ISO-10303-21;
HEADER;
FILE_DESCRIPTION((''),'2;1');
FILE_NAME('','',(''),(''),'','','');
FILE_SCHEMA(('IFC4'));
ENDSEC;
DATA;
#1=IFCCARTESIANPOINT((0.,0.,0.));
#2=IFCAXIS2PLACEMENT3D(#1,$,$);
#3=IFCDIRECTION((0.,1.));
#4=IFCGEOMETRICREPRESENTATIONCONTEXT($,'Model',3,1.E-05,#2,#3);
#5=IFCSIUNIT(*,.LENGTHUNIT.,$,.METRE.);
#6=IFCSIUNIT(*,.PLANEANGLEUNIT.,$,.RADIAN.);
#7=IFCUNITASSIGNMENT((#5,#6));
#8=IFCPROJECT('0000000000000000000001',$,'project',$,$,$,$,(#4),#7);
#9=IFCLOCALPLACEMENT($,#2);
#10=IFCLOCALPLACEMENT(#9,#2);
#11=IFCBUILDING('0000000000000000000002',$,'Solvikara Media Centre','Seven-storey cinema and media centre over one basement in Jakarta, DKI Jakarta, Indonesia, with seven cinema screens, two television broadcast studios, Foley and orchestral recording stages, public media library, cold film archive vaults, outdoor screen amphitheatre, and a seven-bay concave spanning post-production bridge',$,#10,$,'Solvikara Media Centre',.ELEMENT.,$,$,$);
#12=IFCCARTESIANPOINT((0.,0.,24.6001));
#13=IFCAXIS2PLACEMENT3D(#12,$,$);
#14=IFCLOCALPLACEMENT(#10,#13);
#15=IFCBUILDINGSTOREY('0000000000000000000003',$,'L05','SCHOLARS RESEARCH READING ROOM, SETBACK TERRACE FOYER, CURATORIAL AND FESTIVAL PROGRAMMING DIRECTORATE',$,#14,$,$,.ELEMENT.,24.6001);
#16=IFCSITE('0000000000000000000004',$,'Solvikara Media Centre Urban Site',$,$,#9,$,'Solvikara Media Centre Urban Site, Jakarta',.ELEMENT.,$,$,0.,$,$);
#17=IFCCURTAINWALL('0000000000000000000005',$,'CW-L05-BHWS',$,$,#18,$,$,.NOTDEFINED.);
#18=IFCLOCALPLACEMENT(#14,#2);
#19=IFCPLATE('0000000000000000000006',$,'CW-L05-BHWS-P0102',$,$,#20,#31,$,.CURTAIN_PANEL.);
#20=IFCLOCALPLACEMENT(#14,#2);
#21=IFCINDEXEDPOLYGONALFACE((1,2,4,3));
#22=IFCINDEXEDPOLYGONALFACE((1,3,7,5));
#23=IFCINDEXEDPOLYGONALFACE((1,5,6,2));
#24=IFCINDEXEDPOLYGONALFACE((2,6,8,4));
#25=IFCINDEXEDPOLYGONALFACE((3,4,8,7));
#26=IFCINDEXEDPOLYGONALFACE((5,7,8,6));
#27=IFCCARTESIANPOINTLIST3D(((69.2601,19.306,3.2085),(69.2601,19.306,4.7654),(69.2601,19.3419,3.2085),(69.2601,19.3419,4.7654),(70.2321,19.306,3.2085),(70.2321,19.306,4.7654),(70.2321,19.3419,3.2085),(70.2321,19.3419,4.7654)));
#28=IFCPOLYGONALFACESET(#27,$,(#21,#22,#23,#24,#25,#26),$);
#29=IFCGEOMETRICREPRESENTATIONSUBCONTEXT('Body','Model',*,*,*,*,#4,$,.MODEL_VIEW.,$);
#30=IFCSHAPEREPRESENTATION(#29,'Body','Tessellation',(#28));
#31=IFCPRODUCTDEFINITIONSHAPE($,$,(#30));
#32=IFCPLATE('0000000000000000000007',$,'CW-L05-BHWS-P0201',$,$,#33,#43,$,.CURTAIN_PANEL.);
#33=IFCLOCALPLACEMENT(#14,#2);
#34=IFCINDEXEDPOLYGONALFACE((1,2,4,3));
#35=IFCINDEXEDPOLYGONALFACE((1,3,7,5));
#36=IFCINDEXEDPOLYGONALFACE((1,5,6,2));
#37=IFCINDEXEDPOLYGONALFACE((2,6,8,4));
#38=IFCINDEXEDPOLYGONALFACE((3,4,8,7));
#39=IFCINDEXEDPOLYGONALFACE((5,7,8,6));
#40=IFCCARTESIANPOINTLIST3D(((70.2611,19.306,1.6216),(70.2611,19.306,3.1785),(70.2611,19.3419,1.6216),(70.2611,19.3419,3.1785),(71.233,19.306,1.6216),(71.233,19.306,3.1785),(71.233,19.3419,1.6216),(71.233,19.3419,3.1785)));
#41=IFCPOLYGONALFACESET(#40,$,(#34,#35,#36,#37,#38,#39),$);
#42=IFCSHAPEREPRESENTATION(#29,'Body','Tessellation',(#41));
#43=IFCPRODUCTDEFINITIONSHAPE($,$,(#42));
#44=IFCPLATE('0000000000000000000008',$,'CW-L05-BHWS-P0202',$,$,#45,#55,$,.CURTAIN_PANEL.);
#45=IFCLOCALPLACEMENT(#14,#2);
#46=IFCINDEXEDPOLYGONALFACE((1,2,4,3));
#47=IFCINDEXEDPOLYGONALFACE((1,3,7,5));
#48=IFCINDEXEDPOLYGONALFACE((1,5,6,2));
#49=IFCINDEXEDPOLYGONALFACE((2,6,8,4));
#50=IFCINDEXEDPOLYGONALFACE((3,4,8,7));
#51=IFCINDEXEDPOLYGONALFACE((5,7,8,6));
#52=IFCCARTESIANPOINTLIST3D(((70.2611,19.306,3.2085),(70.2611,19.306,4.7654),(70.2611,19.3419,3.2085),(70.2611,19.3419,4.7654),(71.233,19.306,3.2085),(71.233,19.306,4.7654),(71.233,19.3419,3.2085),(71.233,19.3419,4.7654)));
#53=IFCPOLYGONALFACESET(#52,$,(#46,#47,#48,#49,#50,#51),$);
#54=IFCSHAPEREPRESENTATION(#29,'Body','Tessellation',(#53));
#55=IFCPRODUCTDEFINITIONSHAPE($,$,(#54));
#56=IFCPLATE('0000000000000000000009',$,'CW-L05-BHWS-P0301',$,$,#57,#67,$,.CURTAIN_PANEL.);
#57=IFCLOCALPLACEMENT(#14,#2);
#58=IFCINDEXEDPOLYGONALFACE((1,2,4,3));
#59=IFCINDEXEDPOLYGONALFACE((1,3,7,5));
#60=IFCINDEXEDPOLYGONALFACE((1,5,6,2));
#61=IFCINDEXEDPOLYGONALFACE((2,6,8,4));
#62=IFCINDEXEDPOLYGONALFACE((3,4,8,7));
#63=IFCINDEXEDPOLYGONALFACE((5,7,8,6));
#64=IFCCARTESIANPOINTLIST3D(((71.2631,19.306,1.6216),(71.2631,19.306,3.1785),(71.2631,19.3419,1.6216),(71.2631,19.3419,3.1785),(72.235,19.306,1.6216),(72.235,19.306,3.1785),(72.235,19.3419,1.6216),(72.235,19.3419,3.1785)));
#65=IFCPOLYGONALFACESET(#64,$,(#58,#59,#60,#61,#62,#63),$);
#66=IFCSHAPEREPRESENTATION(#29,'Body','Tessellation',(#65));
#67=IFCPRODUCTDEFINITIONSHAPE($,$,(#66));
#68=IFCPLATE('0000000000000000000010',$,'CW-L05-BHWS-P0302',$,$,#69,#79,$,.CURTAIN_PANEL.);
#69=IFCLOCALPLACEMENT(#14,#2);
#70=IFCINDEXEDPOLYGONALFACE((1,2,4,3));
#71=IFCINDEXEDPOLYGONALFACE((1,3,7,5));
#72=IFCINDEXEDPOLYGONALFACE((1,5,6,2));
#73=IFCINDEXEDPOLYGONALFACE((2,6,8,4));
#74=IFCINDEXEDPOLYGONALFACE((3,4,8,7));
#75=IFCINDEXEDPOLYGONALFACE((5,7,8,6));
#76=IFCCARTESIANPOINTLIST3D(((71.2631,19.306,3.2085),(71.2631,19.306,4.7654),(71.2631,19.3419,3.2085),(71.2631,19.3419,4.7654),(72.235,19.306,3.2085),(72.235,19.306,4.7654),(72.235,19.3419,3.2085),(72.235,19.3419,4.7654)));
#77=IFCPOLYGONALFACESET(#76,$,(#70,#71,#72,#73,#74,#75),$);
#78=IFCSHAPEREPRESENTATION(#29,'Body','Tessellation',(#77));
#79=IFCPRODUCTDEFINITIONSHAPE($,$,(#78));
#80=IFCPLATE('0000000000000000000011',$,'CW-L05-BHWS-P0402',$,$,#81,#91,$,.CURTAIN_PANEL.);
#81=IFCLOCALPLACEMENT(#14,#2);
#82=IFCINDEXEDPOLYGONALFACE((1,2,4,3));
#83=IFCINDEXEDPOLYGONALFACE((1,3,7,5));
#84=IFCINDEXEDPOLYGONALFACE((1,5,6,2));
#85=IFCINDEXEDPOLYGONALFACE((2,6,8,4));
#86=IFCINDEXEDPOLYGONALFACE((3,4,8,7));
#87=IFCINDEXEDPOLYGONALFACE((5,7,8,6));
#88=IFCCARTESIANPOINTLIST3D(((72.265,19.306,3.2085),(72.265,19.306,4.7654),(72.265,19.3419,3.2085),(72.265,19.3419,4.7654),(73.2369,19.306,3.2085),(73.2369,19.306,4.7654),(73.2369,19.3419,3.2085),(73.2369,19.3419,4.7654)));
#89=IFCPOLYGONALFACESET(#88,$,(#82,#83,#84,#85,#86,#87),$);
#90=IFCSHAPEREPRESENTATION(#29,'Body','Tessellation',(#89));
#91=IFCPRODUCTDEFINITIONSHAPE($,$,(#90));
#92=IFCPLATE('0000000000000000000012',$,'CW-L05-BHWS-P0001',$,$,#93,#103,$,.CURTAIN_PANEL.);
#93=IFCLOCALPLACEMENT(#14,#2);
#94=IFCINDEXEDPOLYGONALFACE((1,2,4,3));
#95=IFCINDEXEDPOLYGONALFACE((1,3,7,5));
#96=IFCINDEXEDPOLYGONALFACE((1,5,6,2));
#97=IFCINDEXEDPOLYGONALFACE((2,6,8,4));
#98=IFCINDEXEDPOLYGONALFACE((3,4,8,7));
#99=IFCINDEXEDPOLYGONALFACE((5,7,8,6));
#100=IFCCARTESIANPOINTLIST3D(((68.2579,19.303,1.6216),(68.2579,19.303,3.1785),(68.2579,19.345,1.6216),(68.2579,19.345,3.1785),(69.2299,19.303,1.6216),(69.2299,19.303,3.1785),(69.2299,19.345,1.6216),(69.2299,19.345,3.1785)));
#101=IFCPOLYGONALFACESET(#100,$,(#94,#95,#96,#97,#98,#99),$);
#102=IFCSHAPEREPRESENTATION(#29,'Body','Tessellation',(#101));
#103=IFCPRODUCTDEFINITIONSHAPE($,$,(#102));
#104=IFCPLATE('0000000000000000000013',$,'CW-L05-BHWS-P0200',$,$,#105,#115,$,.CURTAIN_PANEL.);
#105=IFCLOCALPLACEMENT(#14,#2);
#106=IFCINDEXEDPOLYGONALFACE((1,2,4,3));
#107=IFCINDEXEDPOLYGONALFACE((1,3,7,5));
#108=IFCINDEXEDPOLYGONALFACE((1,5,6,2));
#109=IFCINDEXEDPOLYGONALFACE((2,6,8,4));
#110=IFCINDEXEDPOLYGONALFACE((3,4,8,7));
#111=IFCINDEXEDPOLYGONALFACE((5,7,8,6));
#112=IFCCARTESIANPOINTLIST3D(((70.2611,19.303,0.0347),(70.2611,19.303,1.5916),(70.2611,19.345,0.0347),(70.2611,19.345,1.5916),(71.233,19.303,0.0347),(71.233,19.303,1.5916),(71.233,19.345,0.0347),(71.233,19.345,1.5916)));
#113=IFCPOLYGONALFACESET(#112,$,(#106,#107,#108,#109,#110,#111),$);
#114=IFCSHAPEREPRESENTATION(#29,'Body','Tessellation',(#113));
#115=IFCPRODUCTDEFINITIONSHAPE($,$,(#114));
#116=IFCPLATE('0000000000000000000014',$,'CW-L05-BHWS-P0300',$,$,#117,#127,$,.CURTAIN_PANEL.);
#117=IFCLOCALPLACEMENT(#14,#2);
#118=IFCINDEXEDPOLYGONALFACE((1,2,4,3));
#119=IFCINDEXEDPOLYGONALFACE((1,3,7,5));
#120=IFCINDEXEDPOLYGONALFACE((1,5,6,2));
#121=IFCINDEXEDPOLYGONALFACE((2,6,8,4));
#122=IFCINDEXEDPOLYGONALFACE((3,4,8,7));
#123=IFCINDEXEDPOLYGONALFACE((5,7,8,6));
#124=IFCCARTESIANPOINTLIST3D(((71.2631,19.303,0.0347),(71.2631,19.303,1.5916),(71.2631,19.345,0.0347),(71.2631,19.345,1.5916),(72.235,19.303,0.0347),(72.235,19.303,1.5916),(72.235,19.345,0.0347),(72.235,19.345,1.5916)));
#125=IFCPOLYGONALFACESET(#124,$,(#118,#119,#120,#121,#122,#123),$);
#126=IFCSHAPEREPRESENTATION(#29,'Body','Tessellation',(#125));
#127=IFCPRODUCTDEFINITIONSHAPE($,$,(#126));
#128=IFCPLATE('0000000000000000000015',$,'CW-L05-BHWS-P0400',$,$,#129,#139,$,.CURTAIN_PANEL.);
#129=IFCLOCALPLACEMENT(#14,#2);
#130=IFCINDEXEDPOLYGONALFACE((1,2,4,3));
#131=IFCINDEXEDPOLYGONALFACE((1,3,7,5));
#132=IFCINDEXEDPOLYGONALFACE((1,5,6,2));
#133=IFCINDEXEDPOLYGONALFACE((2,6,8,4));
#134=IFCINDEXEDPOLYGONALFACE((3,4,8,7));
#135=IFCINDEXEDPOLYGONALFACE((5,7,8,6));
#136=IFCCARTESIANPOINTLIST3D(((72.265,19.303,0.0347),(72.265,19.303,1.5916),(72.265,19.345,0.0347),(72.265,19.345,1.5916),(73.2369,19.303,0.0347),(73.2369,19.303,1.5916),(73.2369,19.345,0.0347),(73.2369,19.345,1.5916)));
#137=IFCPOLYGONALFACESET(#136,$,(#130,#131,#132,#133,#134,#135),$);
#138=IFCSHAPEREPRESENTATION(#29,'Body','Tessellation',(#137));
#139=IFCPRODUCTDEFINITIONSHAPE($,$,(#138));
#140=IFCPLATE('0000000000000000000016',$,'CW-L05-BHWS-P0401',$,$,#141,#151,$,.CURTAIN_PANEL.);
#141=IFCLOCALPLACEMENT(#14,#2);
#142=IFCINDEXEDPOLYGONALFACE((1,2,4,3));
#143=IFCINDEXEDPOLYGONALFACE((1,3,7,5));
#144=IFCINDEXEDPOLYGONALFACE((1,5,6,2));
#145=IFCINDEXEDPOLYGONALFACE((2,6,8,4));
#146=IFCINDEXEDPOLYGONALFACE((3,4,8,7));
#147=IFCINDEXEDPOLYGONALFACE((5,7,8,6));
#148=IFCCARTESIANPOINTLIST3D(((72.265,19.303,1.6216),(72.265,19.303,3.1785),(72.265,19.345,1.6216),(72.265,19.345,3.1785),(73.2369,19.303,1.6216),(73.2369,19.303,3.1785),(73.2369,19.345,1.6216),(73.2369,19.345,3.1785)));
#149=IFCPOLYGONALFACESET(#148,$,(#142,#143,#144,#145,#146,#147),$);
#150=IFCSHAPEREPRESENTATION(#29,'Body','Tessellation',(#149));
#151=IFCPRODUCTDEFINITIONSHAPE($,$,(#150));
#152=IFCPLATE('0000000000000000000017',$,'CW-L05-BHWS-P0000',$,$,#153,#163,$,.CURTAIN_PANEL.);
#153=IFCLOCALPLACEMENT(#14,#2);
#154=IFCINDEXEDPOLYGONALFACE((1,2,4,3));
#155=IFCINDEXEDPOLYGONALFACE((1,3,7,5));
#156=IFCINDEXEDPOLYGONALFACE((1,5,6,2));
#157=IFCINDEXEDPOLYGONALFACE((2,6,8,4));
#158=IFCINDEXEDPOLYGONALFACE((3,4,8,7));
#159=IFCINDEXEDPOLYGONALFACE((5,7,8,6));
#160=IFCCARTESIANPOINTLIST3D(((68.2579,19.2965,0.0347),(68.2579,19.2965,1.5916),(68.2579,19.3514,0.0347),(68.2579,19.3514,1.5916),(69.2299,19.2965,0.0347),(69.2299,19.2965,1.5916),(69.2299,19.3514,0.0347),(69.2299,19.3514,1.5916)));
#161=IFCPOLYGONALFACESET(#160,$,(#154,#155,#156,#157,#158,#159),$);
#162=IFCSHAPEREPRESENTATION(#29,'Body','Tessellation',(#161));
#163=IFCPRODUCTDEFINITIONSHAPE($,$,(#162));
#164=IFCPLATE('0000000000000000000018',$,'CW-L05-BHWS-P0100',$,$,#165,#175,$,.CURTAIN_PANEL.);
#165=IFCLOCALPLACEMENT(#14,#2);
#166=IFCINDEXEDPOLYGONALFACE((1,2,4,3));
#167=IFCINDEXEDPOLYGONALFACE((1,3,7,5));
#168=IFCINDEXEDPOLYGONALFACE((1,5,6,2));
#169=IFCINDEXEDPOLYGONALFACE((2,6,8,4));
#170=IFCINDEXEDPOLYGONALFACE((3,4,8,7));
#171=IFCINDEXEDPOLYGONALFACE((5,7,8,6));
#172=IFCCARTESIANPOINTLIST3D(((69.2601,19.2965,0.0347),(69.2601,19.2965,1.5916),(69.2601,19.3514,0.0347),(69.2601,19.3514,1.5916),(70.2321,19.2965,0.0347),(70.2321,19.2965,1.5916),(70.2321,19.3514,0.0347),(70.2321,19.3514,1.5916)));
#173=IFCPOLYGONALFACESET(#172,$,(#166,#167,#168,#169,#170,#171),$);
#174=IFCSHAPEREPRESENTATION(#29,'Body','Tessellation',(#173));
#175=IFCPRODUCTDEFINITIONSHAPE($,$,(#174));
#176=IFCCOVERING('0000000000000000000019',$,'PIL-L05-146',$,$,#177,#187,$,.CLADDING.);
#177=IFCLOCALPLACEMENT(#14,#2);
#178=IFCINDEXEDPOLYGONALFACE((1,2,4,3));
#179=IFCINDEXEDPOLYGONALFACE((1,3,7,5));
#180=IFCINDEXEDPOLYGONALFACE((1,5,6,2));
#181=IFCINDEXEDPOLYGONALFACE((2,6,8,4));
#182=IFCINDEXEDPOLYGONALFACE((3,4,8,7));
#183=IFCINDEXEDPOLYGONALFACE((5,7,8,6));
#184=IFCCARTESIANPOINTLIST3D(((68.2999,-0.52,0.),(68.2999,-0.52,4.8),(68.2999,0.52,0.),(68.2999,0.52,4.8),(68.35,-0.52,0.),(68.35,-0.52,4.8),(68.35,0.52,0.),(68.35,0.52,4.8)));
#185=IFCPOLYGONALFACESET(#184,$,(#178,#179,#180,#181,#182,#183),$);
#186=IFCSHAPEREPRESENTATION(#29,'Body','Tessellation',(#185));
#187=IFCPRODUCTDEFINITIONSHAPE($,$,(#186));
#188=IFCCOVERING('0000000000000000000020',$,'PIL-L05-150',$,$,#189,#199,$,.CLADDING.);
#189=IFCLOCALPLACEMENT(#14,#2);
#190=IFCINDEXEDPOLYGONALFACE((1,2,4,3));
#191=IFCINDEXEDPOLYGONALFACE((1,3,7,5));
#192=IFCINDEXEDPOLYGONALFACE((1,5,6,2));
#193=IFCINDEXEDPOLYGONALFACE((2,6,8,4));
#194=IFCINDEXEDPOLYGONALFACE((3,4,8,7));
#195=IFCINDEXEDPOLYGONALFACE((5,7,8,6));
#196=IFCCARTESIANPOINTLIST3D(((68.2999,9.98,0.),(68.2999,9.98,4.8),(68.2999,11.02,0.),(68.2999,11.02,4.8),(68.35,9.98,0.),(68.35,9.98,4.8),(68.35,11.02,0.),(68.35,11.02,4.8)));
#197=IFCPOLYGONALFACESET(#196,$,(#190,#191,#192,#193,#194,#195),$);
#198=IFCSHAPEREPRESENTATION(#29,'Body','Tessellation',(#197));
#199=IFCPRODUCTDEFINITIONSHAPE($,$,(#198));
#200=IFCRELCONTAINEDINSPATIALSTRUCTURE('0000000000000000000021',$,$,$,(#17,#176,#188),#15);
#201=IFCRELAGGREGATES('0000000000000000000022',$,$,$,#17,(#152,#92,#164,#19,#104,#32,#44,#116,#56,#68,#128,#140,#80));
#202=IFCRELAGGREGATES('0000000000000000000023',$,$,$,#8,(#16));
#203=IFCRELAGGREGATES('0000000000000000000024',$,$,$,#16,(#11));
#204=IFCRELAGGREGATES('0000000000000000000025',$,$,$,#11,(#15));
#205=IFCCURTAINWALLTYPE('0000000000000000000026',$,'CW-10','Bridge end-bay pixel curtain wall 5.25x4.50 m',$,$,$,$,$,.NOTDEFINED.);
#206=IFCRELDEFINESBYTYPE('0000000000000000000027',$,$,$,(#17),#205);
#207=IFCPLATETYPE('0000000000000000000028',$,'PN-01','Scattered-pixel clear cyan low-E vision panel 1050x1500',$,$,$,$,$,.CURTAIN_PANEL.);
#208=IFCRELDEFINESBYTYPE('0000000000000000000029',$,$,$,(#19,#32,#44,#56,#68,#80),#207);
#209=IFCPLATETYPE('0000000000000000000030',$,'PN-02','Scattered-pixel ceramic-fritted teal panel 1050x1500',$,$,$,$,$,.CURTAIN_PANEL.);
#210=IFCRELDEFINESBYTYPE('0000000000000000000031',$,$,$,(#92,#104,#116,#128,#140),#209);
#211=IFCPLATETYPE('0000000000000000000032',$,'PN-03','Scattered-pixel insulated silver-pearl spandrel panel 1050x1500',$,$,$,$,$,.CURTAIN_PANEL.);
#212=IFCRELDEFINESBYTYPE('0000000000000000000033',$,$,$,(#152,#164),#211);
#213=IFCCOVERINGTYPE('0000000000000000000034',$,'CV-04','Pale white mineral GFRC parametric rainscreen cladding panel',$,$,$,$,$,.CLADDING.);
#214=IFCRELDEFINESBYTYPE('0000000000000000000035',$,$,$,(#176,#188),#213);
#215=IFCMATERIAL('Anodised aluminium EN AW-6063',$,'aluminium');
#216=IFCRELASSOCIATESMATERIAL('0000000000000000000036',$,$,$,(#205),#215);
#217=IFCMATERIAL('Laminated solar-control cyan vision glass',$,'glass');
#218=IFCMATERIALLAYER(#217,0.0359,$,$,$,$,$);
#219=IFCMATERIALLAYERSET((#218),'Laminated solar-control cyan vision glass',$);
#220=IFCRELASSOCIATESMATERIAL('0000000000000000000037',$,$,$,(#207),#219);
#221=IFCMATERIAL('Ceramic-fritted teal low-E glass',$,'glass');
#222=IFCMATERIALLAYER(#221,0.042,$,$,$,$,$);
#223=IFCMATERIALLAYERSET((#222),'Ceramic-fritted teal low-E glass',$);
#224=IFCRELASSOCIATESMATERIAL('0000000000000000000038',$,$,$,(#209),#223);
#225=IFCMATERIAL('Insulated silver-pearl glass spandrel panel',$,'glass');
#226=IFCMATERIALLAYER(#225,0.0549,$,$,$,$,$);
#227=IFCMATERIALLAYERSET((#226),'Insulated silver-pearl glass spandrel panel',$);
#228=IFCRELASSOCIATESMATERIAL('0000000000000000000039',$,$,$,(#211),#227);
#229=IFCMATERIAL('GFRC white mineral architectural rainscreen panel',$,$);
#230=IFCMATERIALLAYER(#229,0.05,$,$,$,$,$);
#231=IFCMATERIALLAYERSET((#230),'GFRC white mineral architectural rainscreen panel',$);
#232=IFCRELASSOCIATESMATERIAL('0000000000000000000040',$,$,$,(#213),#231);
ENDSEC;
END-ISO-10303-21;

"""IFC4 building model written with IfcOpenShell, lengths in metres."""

from ifc_helpers import new_model, si_unit, direction, frame, origin, origin_2d, place, context, subcontext, project, spatial, rectangle, extrude, material, layer, layer_set, type_object, element, aggregate, save


model = new_model("IFC4")

# Units and contexts
model_context = context("Model", 3, precision=1e-05, world=origin(), true_north=direction((0.0, 1.0)))
body_context = subcontext(model_context, "Body", "Model", "MODEL_VIEW")
ifc_project = project(units=[si_unit("LENGTHUNIT", "METRE"), si_unit("PLANEANGLEUNIT", "RADIAN")], contexts=[model_context])

# Site, building, storey
site_placement = place(None, origin())
site = spatial("IfcSite", under=ifc_project, at=site_placement, Name="Solvikara Media Centre Urban Site", LongName="Solvikara Media Centre Urban Site, Jakarta", CompositionType="ELEMENT", RefElevation=0.0)
building_placement = place(site_placement, origin())
building = spatial("IfcBuilding", under=site, at=building_placement, Name="Solvikara Media Centre", Description="Seven-storey cinema and media centre over one basement in Jakarta, DKI Jakarta, Indonesia, with seven cinema screens, two television broadcast studios, Foley and orchestral recording stages, public media library, cold film archive vaults, outdoor screen amphitheatre, and a seven-bay concave spanning post-production bridge", LongName="Solvikara Media Centre", CompositionType="ELEMENT")
storey_placement = place(building_placement, frame((0.0, 0.0, 24.6001)))
storey = spatial("IfcBuildingStorey", under=building, at=storey_placement, Name="L05", Description="SCHOLARS RESEARCH READING ROOM, SETBACK TERRACE FOYER, CURATORIAL AND FESTIVAL PROGRAMMING DIRECTORATE", CompositionType="ELEMENT", Elevation=24.6001)

# Curtain wall, plates
ifc_material_1 = material(Name="Anodised aluminium EN AW-6063", Category="aluminium")
curtain_wall_type = type_object("IfcCurtainWallType", Name="CW-10", Description="Bridge end-bay pixel curtain wall 5.25x4.50 m", PredefinedType="NOTDEFINED", material=ifc_material_1)
curtain_wall_placement = place(storey_placement, origin())
curtain_wall = element("IfcCurtainWall", 1, at=curtain_wall_placement, inside=storey, type_object=curtain_wall_type, Name="CW-L05-BHWS", PredefinedType="NOTDEFINED")
ifc_material_2 = material(Name="Laminated solar-control cyan vision glass", Category="glass")
ifc_layer_1 = layer(ifc_material_2, 0.0359)
ifc_layer_set_1 = layer_set([ifc_layer_1], Name="Laminated solar-control cyan vision glass")
plate_type_1 = type_object("IfcPlateType", Name="PN-01", Description="Scattered-pixel clear cyan low-E vision panel 1050x1500", PredefinedType="CURTAIN_PANEL", material=ifc_layer_set_1)
plate_1_placement = place(storey_placement, frame((69.7461, 19.324, 3.2085), z_axis=(0.0, 0.0, 1.0), x_axis=(1.0, 0.0, 0.0)))
plate_1 = element("IfcPlate", 2, at=plate_1_placement, type_object=plate_type_1, Name="CW-L05-BHWS-P0102", PredefinedType="CURTAIN_PANEL", context=body_context, shape_type="SweptSolid", body=[
    extrude(rectangle(XDim=0.9719, YDim=0.0359, at=origin_2d()), origin(), (0.0, 0.0, 1.0), 1.5569),
])
plate_2_placement = place(storey_placement, frame((70.7471, 19.324, 1.6216), z_axis=(0.0, 0.0, 1.0), x_axis=(1.0, 0.0, 0.0)))
plate_2 = element("IfcPlate", 3, at=plate_2_placement, type_object=plate_type_1, Name="CW-L05-BHWS-P0201", PredefinedType="CURTAIN_PANEL", context=body_context, shape_type="SweptSolid", body=[
    extrude(rectangle(XDim=0.9719, YDim=0.0359, at=origin_2d()), origin(), (0.0, 0.0, 1.0), 1.5569),
])
plate_3_placement = place(storey_placement, frame((70.7471, 19.324, 3.2085), z_axis=(0.0, 0.0, 1.0), x_axis=(1.0, 0.0, 0.0)))
plate_3 = element("IfcPlate", 4, at=plate_3_placement, type_object=plate_type_1, Name="CW-L05-BHWS-P0202", PredefinedType="CURTAIN_PANEL", context=body_context, shape_type="SweptSolid", body=[
    extrude(rectangle(XDim=0.9719, YDim=0.0359, at=origin_2d()), origin(), (0.0, 0.0, 1.0), 1.5569),
])
plate_4_placement = place(storey_placement, frame((71.749, 19.324, 1.6216), z_axis=(0.0, 0.0, 1.0), x_axis=(1.0, 0.0, 0.0)))
plate_4 = element("IfcPlate", 5, at=plate_4_placement, type_object=plate_type_1, Name="CW-L05-BHWS-P0301", PredefinedType="CURTAIN_PANEL", context=body_context, shape_type="SweptSolid", body=[
    extrude(rectangle(XDim=0.9719, YDim=0.0359, at=origin_2d()), origin(), (0.0, 0.0, 1.0), 1.5569),
])
plate_5_placement = place(storey_placement, frame((71.749, 19.324, 3.2085), z_axis=(0.0, 0.0, 1.0), x_axis=(1.0, 0.0, 0.0)))
plate_5 = element("IfcPlate", 6, at=plate_5_placement, type_object=plate_type_1, Name="CW-L05-BHWS-P0302", PredefinedType="CURTAIN_PANEL", context=body_context, shape_type="SweptSolid", body=[
    extrude(rectangle(XDim=0.9719, YDim=0.0359, at=origin_2d()), origin(), (0.0, 0.0, 1.0), 1.5569),
])
plate_6_placement = place(storey_placement, frame((72.751, 19.324, 3.2085), z_axis=(0.0, 0.0, 1.0), x_axis=(1.0, 0.0, 0.0)))
plate_6 = element("IfcPlate", 7, at=plate_6_placement, type_object=plate_type_1, Name="CW-L05-BHWS-P0402", PredefinedType="CURTAIN_PANEL", context=body_context, shape_type="SweptSolid", body=[
    extrude(rectangle(XDim=0.9719, YDim=0.0359, at=origin_2d()), origin(), (0.0, 0.0, 1.0), 1.5569),
])
ifc_material_3 = material(Name="Ceramic-fritted teal low-E glass", Category="glass")
ifc_layer_2 = layer(ifc_material_3, 0.042)
ifc_layer_set_2 = layer_set([ifc_layer_2], Name="Ceramic-fritted teal low-E glass")
plate_type_2 = type_object("IfcPlateType", Name="PN-02", Description="Scattered-pixel ceramic-fritted teal panel 1050x1500", PredefinedType="CURTAIN_PANEL", material=ifc_layer_set_2)
plate_7_placement = place(storey_placement, frame((68.7439, 19.324, 1.6216), z_axis=(0.0, 0.0, 1.0), x_axis=(1.0, 0.0, 0.0)))
plate_7 = element("IfcPlate", 8, at=plate_7_placement, type_object=plate_type_2, Name="CW-L05-BHWS-P0001", PredefinedType="CURTAIN_PANEL", context=body_context, shape_type="SweptSolid", body=[
    extrude(rectangle(XDim=0.9719, YDim=0.042, at=origin_2d()), origin(), (0.0, 0.0, 1.0), 1.5569),
])
plate_8_placement = place(storey_placement, frame((70.7471, 19.324, 0.0347), z_axis=(0.0, 0.0, 1.0), x_axis=(1.0, 0.0, 0.0)))
plate_8 = element("IfcPlate", 9, at=plate_8_placement, type_object=plate_type_2, Name="CW-L05-BHWS-P0200", PredefinedType="CURTAIN_PANEL", context=body_context, shape_type="SweptSolid", body=[
    extrude(rectangle(XDim=0.9719, YDim=0.042, at=origin_2d()), origin(), (0.0, 0.0, 1.0), 1.5569),
])
plate_9_placement = place(storey_placement, frame((71.749, 19.324, 0.0347), z_axis=(0.0, 0.0, 1.0), x_axis=(1.0, 0.0, 0.0)))
plate_9 = element("IfcPlate", 10, at=plate_9_placement, type_object=plate_type_2, Name="CW-L05-BHWS-P0300", PredefinedType="CURTAIN_PANEL", context=body_context, shape_type="SweptSolid", body=[
    extrude(rectangle(XDim=0.9719, YDim=0.042, at=origin_2d()), origin(), (0.0, 0.0, 1.0), 1.5569),
])
plate_10_placement = place(storey_placement, frame((72.751, 19.324, 0.0347), z_axis=(0.0, 0.0, 1.0), x_axis=(1.0, 0.0, 0.0)))
plate_10 = element("IfcPlate", 11, at=plate_10_placement, type_object=plate_type_2, Name="CW-L05-BHWS-P0400", PredefinedType="CURTAIN_PANEL", context=body_context, shape_type="SweptSolid", body=[
    extrude(rectangle(XDim=0.9719, YDim=0.042, at=origin_2d()), origin(), (0.0, 0.0, 1.0), 1.5569),
])
plate_11_placement = place(storey_placement, frame((72.751, 19.324, 1.6216), z_axis=(0.0, 0.0, 1.0), x_axis=(1.0, 0.0, 0.0)))
plate_11 = element("IfcPlate", 12, at=plate_11_placement, type_object=plate_type_2, Name="CW-L05-BHWS-P0401", PredefinedType="CURTAIN_PANEL", context=body_context, shape_type="SweptSolid", body=[
    extrude(rectangle(XDim=0.9719, YDim=0.042, at=origin_2d()), origin(), (0.0, 0.0, 1.0), 1.5569),
])
ifc_material_4 = material(Name="Insulated silver-pearl glass spandrel panel", Category="glass")
ifc_layer_3 = layer(ifc_material_4, 0.0549)
ifc_layer_set_3 = layer_set([ifc_layer_3], Name="Insulated silver-pearl glass spandrel panel")
plate_type_3 = type_object("IfcPlateType", Name="PN-03", Description="Scattered-pixel insulated silver-pearl spandrel panel 1050x1500", PredefinedType="CURTAIN_PANEL", material=ifc_layer_set_3)
plate_12_placement = place(storey_placement, frame((68.7439, 19.324, 0.0347), z_axis=(0.0, 0.0, 1.0), x_axis=(1.0, 0.0, 0.0)))
plate_12 = element("IfcPlate", 13, at=plate_12_placement, type_object=plate_type_3, Name="CW-L05-BHWS-P0000", PredefinedType="CURTAIN_PANEL", context=body_context, shape_type="SweptSolid", body=[
    extrude(rectangle(XDim=0.9719, YDim=0.0549, at=origin_2d()), origin(), (0.0, 0.0, 1.0), 1.5569),
])
plate_13_placement = place(storey_placement, frame((69.7461, 19.324, 0.0347), z_axis=(0.0, 0.0, 1.0), x_axis=(1.0, 0.0, 0.0)))
plate_13 = element("IfcPlate", 14, at=plate_13_placement, type_object=plate_type_3, Name="CW-L05-BHWS-P0100", PredefinedType="CURTAIN_PANEL", context=body_context, shape_type="SweptSolid", body=[
    extrude(rectangle(XDim=0.9719, YDim=0.0549, at=origin_2d()), origin(), (0.0, 0.0, 1.0), 1.5569),
])
aggregate(curtain_wall, [plate_12, plate_7, plate_13, plate_1, plate_8, plate_2, plate_3, plate_9, plate_4, plate_5, plate_10, plate_11, plate_6])

# Coverings
ifc_material_5 = material(Name="GFRC white mineral architectural rainscreen panel")
ifc_layer_4 = layer(ifc_material_5, 0.05)
ifc_layer_set_4 = layer_set([ifc_layer_4], Name="GFRC white mineral architectural rainscreen panel")
covering_type_1 = type_object("IfcCoveringType", Name="CV-04", Description="Pale white mineral GFRC parametric rainscreen cladding panel", PredefinedType="CLADDING", material=ifc_layer_set_4)
for number, where, z_axis, x_axis, name in (
    (15, (68.325, 0.0, 0.0), (0.0, 0.0, 1.0), (0.0, 1.0, 0.0), "PIL-L05-146"),
    (16, (68.325, 10.5, 0.0), (0.0, 0.0, 1.0), (0.0, 1.0, 0.0), "PIL-L05-150"),
):
    element("IfcCovering", number, at=place(storey_placement, frame(where, z_axis=z_axis, x_axis=x_axis)), inside=storey, type_object=covering_type_1, Name=name, PredefinedType="CLADDING", context=body_context, shape_type="SweptSolid", body=[
        extrude(rectangle(XDim=1.04, YDim=0.05, at=origin_2d()), origin(), (0.0, 0.0, 1.0), 4.8),
    ])

save(model, "model.ifc")
